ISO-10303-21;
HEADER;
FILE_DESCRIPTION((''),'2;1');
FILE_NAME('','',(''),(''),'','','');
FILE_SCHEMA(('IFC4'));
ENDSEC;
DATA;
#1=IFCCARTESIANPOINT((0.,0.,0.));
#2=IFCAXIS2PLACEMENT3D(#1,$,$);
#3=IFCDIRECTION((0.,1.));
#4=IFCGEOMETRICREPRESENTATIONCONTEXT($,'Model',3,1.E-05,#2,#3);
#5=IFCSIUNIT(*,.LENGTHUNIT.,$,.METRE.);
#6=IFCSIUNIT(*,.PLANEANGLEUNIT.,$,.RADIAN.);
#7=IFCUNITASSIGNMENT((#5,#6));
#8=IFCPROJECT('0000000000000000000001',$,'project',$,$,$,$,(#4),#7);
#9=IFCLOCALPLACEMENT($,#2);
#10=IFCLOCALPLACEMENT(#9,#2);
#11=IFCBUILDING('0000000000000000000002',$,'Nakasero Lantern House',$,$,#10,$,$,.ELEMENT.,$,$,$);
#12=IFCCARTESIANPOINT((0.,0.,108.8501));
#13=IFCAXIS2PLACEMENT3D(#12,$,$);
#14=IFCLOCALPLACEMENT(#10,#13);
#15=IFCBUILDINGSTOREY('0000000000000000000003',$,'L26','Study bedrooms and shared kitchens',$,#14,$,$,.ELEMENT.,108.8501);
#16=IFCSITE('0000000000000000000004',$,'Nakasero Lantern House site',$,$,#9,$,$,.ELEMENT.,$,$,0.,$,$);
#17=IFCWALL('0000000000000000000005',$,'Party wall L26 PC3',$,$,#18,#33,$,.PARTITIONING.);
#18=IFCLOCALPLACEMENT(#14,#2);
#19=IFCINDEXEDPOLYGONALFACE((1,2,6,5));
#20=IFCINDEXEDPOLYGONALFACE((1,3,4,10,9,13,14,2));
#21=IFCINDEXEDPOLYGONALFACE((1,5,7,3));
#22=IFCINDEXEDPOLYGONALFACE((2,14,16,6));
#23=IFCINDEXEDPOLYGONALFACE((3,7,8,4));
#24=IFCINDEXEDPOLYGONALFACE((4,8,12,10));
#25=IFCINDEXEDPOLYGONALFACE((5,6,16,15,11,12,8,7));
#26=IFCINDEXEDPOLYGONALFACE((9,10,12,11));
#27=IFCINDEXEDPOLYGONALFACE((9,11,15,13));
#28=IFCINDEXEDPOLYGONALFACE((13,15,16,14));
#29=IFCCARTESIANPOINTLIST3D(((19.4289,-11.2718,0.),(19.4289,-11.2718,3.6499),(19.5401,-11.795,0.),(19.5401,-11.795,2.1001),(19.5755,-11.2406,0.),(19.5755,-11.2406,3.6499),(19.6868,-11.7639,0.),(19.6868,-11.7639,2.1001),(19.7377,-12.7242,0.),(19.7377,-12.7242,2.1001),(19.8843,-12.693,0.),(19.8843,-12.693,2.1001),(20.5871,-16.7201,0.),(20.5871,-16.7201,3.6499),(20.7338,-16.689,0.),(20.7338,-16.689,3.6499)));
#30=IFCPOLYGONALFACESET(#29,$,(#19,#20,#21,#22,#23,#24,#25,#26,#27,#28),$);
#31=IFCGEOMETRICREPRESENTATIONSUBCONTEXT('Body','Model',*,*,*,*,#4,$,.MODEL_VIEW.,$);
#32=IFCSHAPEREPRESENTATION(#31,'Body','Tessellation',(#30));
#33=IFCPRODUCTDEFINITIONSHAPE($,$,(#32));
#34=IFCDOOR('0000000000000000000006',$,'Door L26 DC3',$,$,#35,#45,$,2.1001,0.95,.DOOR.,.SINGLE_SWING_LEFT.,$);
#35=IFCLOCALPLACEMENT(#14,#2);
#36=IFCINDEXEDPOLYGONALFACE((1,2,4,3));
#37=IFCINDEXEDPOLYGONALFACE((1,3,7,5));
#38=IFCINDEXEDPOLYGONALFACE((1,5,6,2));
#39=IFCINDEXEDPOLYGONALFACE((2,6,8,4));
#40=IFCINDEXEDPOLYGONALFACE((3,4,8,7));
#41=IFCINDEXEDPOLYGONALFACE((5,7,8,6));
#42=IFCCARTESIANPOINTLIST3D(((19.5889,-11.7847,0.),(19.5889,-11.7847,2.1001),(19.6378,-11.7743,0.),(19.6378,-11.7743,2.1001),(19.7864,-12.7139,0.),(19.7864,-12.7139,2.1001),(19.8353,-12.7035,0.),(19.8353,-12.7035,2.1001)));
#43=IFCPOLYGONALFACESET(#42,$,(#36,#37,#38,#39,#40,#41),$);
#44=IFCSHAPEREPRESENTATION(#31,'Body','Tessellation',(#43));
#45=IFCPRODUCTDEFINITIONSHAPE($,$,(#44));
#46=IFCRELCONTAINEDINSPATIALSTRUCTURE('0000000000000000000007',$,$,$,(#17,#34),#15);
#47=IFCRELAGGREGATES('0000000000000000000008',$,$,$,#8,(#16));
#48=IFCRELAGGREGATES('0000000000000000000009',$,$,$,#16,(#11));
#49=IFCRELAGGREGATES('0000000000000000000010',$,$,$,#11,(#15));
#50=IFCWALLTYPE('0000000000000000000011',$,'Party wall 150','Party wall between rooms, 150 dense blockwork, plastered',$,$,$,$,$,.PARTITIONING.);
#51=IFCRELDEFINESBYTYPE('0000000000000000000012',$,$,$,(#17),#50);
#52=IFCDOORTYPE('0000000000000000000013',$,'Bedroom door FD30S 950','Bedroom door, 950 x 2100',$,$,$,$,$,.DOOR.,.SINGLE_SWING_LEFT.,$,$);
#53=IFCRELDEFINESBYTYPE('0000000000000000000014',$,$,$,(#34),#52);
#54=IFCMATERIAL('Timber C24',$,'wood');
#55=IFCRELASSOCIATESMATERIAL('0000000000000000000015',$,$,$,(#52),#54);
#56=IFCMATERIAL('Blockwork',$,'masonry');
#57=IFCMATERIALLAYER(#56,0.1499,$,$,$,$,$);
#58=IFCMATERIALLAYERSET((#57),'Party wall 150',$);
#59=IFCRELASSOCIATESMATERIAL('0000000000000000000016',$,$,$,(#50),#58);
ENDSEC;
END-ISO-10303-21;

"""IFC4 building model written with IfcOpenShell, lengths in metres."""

from ifc_helpers import new_model, si_unit, direction, frame, frame_2d, origin, place, context, subcontext, project, spatial, rectangle, extrude, material, layer, layer_set, type_object, element, fill, save


model = new_model("IFC4")

# Units and contexts
model_context = context("Model", 3, precision=1e-05, world=origin(), true_north=direction((0.0, 1.0)))
body_context = subcontext(model_context, "Body", "Model", "MODEL_VIEW")
ifc_project = project(units=[si_unit("LENGTHUNIT", "METRE"), si_unit("PLANEANGLEUNIT", "RADIAN")], contexts=[model_context])

# Site, building, storey
site_placement = place(None, origin())
site = spatial("IfcSite", under=ifc_project, at=site_placement, Name="Nakasero Lantern House site", CompositionType="ELEMENT", RefElevation=0.0)
building_placement = place(site_placement, origin())
building = spatial("IfcBuilding", under=site, at=building_placement, Name="Nakasero Lantern House", CompositionType="ELEMENT")
storey_placement = place(building_placement, frame((0.0, 0.0, 108.8501)))
storey = spatial("IfcBuildingStorey", under=building, at=storey_placement, Name="L26", Description="Study bedrooms and shared kitchens", CompositionType="ELEMENT", Elevation=108.8501)

# Shared definitions
ifc_material_1 = material(Name="Timber C24", Category="wood")
door_type_1 = type_object("IfcDoorType", Name="Bedroom door FD30S 950", Description="Bedroom door, 950 x 2100", OperationType="SINGLE_SWING_LEFT", PredefinedType="DOOR", material=ifc_material_1)

# Wall, opening, door
ifc_material_2 = material(Name="Blockwork", Category="masonry")
ifc_layer_1 = layer(ifc_material_2, 0.1499)
ifc_layer_set_1 = layer_set([ifc_layer_1], Name="Party wall 150")
wall_type_1 = type_object("IfcWallType", Name="Party wall 150", Description="Party wall between rooms, 150 dense blockwork, plastered", PredefinedType="PARTITIONING", material=ifc_layer_set_1)
wall_1_placement = place(storey_placement, frame((19.5022, -11.2561, 0.0), z_axis=(0.0, 0.0, 1.0), x_axis=(0.207936, -0.978142, 0.0)))
wall_1 = element("IfcWall", 1, at=wall_1_placement, inside=storey, type_object=wall_type_1, Name="Party wall L26 PC3", PredefinedType="PARTITIONING", context=body_context, shape_type="SweptSolid", body=[
    extrude(rectangle(XDim=5.5701, YDim=0.1499, at=frame_2d((2.7852, 0.0))), origin(), (0.0, 0.0, 1.0), 3.6499),
])
opening_1_placement = place(wall_1_placement, frame((0.5349, 0.0, 0.0)))
opening_1 = element("IfcOpeningElement", 2, at=opening_1_placement, cuts=wall_1, PredefinedType="OPENING", context=body_context, shape_type="SweptSolid", body=[
    extrude(rectangle(XDim=0.95, YDim=2.1001, at=frame_2d((0.4751, 1.05))), frame((0.0, 0.095, 0.0), z_axis=(0.0, -1.0, 0.0), x_axis=(1.0, 0.0, 0.0)), (0.0, 0.0, 1.0), 0.1899),
])
door_1_placement = place(opening_1_placement, origin())
door_1 = element("IfcDoor", 3, at=door_1_placement, inside=storey, type_object=door_type_1, Name="Door L26 DC3", OperationType="SINGLE_SWING_LEFT", OverallHeight=2.1001, OverallWidth=0.95, PredefinedType="DOOR", context=body_context, shape_type="SweptSolid", body=[
    extrude(rectangle(XDim=0.95, YDim=2.1001, at=frame_2d((0.4751, 1.05))), frame((0.0, 0.0249, 0.0), z_axis=(0.0, -1.0, 0.0), x_axis=(1.0, 0.0, 0.0)), (0.0, 0.0, 1.0), 0.05),
])
fill(opening_1, door_1)

save(model, "model.ifc")
